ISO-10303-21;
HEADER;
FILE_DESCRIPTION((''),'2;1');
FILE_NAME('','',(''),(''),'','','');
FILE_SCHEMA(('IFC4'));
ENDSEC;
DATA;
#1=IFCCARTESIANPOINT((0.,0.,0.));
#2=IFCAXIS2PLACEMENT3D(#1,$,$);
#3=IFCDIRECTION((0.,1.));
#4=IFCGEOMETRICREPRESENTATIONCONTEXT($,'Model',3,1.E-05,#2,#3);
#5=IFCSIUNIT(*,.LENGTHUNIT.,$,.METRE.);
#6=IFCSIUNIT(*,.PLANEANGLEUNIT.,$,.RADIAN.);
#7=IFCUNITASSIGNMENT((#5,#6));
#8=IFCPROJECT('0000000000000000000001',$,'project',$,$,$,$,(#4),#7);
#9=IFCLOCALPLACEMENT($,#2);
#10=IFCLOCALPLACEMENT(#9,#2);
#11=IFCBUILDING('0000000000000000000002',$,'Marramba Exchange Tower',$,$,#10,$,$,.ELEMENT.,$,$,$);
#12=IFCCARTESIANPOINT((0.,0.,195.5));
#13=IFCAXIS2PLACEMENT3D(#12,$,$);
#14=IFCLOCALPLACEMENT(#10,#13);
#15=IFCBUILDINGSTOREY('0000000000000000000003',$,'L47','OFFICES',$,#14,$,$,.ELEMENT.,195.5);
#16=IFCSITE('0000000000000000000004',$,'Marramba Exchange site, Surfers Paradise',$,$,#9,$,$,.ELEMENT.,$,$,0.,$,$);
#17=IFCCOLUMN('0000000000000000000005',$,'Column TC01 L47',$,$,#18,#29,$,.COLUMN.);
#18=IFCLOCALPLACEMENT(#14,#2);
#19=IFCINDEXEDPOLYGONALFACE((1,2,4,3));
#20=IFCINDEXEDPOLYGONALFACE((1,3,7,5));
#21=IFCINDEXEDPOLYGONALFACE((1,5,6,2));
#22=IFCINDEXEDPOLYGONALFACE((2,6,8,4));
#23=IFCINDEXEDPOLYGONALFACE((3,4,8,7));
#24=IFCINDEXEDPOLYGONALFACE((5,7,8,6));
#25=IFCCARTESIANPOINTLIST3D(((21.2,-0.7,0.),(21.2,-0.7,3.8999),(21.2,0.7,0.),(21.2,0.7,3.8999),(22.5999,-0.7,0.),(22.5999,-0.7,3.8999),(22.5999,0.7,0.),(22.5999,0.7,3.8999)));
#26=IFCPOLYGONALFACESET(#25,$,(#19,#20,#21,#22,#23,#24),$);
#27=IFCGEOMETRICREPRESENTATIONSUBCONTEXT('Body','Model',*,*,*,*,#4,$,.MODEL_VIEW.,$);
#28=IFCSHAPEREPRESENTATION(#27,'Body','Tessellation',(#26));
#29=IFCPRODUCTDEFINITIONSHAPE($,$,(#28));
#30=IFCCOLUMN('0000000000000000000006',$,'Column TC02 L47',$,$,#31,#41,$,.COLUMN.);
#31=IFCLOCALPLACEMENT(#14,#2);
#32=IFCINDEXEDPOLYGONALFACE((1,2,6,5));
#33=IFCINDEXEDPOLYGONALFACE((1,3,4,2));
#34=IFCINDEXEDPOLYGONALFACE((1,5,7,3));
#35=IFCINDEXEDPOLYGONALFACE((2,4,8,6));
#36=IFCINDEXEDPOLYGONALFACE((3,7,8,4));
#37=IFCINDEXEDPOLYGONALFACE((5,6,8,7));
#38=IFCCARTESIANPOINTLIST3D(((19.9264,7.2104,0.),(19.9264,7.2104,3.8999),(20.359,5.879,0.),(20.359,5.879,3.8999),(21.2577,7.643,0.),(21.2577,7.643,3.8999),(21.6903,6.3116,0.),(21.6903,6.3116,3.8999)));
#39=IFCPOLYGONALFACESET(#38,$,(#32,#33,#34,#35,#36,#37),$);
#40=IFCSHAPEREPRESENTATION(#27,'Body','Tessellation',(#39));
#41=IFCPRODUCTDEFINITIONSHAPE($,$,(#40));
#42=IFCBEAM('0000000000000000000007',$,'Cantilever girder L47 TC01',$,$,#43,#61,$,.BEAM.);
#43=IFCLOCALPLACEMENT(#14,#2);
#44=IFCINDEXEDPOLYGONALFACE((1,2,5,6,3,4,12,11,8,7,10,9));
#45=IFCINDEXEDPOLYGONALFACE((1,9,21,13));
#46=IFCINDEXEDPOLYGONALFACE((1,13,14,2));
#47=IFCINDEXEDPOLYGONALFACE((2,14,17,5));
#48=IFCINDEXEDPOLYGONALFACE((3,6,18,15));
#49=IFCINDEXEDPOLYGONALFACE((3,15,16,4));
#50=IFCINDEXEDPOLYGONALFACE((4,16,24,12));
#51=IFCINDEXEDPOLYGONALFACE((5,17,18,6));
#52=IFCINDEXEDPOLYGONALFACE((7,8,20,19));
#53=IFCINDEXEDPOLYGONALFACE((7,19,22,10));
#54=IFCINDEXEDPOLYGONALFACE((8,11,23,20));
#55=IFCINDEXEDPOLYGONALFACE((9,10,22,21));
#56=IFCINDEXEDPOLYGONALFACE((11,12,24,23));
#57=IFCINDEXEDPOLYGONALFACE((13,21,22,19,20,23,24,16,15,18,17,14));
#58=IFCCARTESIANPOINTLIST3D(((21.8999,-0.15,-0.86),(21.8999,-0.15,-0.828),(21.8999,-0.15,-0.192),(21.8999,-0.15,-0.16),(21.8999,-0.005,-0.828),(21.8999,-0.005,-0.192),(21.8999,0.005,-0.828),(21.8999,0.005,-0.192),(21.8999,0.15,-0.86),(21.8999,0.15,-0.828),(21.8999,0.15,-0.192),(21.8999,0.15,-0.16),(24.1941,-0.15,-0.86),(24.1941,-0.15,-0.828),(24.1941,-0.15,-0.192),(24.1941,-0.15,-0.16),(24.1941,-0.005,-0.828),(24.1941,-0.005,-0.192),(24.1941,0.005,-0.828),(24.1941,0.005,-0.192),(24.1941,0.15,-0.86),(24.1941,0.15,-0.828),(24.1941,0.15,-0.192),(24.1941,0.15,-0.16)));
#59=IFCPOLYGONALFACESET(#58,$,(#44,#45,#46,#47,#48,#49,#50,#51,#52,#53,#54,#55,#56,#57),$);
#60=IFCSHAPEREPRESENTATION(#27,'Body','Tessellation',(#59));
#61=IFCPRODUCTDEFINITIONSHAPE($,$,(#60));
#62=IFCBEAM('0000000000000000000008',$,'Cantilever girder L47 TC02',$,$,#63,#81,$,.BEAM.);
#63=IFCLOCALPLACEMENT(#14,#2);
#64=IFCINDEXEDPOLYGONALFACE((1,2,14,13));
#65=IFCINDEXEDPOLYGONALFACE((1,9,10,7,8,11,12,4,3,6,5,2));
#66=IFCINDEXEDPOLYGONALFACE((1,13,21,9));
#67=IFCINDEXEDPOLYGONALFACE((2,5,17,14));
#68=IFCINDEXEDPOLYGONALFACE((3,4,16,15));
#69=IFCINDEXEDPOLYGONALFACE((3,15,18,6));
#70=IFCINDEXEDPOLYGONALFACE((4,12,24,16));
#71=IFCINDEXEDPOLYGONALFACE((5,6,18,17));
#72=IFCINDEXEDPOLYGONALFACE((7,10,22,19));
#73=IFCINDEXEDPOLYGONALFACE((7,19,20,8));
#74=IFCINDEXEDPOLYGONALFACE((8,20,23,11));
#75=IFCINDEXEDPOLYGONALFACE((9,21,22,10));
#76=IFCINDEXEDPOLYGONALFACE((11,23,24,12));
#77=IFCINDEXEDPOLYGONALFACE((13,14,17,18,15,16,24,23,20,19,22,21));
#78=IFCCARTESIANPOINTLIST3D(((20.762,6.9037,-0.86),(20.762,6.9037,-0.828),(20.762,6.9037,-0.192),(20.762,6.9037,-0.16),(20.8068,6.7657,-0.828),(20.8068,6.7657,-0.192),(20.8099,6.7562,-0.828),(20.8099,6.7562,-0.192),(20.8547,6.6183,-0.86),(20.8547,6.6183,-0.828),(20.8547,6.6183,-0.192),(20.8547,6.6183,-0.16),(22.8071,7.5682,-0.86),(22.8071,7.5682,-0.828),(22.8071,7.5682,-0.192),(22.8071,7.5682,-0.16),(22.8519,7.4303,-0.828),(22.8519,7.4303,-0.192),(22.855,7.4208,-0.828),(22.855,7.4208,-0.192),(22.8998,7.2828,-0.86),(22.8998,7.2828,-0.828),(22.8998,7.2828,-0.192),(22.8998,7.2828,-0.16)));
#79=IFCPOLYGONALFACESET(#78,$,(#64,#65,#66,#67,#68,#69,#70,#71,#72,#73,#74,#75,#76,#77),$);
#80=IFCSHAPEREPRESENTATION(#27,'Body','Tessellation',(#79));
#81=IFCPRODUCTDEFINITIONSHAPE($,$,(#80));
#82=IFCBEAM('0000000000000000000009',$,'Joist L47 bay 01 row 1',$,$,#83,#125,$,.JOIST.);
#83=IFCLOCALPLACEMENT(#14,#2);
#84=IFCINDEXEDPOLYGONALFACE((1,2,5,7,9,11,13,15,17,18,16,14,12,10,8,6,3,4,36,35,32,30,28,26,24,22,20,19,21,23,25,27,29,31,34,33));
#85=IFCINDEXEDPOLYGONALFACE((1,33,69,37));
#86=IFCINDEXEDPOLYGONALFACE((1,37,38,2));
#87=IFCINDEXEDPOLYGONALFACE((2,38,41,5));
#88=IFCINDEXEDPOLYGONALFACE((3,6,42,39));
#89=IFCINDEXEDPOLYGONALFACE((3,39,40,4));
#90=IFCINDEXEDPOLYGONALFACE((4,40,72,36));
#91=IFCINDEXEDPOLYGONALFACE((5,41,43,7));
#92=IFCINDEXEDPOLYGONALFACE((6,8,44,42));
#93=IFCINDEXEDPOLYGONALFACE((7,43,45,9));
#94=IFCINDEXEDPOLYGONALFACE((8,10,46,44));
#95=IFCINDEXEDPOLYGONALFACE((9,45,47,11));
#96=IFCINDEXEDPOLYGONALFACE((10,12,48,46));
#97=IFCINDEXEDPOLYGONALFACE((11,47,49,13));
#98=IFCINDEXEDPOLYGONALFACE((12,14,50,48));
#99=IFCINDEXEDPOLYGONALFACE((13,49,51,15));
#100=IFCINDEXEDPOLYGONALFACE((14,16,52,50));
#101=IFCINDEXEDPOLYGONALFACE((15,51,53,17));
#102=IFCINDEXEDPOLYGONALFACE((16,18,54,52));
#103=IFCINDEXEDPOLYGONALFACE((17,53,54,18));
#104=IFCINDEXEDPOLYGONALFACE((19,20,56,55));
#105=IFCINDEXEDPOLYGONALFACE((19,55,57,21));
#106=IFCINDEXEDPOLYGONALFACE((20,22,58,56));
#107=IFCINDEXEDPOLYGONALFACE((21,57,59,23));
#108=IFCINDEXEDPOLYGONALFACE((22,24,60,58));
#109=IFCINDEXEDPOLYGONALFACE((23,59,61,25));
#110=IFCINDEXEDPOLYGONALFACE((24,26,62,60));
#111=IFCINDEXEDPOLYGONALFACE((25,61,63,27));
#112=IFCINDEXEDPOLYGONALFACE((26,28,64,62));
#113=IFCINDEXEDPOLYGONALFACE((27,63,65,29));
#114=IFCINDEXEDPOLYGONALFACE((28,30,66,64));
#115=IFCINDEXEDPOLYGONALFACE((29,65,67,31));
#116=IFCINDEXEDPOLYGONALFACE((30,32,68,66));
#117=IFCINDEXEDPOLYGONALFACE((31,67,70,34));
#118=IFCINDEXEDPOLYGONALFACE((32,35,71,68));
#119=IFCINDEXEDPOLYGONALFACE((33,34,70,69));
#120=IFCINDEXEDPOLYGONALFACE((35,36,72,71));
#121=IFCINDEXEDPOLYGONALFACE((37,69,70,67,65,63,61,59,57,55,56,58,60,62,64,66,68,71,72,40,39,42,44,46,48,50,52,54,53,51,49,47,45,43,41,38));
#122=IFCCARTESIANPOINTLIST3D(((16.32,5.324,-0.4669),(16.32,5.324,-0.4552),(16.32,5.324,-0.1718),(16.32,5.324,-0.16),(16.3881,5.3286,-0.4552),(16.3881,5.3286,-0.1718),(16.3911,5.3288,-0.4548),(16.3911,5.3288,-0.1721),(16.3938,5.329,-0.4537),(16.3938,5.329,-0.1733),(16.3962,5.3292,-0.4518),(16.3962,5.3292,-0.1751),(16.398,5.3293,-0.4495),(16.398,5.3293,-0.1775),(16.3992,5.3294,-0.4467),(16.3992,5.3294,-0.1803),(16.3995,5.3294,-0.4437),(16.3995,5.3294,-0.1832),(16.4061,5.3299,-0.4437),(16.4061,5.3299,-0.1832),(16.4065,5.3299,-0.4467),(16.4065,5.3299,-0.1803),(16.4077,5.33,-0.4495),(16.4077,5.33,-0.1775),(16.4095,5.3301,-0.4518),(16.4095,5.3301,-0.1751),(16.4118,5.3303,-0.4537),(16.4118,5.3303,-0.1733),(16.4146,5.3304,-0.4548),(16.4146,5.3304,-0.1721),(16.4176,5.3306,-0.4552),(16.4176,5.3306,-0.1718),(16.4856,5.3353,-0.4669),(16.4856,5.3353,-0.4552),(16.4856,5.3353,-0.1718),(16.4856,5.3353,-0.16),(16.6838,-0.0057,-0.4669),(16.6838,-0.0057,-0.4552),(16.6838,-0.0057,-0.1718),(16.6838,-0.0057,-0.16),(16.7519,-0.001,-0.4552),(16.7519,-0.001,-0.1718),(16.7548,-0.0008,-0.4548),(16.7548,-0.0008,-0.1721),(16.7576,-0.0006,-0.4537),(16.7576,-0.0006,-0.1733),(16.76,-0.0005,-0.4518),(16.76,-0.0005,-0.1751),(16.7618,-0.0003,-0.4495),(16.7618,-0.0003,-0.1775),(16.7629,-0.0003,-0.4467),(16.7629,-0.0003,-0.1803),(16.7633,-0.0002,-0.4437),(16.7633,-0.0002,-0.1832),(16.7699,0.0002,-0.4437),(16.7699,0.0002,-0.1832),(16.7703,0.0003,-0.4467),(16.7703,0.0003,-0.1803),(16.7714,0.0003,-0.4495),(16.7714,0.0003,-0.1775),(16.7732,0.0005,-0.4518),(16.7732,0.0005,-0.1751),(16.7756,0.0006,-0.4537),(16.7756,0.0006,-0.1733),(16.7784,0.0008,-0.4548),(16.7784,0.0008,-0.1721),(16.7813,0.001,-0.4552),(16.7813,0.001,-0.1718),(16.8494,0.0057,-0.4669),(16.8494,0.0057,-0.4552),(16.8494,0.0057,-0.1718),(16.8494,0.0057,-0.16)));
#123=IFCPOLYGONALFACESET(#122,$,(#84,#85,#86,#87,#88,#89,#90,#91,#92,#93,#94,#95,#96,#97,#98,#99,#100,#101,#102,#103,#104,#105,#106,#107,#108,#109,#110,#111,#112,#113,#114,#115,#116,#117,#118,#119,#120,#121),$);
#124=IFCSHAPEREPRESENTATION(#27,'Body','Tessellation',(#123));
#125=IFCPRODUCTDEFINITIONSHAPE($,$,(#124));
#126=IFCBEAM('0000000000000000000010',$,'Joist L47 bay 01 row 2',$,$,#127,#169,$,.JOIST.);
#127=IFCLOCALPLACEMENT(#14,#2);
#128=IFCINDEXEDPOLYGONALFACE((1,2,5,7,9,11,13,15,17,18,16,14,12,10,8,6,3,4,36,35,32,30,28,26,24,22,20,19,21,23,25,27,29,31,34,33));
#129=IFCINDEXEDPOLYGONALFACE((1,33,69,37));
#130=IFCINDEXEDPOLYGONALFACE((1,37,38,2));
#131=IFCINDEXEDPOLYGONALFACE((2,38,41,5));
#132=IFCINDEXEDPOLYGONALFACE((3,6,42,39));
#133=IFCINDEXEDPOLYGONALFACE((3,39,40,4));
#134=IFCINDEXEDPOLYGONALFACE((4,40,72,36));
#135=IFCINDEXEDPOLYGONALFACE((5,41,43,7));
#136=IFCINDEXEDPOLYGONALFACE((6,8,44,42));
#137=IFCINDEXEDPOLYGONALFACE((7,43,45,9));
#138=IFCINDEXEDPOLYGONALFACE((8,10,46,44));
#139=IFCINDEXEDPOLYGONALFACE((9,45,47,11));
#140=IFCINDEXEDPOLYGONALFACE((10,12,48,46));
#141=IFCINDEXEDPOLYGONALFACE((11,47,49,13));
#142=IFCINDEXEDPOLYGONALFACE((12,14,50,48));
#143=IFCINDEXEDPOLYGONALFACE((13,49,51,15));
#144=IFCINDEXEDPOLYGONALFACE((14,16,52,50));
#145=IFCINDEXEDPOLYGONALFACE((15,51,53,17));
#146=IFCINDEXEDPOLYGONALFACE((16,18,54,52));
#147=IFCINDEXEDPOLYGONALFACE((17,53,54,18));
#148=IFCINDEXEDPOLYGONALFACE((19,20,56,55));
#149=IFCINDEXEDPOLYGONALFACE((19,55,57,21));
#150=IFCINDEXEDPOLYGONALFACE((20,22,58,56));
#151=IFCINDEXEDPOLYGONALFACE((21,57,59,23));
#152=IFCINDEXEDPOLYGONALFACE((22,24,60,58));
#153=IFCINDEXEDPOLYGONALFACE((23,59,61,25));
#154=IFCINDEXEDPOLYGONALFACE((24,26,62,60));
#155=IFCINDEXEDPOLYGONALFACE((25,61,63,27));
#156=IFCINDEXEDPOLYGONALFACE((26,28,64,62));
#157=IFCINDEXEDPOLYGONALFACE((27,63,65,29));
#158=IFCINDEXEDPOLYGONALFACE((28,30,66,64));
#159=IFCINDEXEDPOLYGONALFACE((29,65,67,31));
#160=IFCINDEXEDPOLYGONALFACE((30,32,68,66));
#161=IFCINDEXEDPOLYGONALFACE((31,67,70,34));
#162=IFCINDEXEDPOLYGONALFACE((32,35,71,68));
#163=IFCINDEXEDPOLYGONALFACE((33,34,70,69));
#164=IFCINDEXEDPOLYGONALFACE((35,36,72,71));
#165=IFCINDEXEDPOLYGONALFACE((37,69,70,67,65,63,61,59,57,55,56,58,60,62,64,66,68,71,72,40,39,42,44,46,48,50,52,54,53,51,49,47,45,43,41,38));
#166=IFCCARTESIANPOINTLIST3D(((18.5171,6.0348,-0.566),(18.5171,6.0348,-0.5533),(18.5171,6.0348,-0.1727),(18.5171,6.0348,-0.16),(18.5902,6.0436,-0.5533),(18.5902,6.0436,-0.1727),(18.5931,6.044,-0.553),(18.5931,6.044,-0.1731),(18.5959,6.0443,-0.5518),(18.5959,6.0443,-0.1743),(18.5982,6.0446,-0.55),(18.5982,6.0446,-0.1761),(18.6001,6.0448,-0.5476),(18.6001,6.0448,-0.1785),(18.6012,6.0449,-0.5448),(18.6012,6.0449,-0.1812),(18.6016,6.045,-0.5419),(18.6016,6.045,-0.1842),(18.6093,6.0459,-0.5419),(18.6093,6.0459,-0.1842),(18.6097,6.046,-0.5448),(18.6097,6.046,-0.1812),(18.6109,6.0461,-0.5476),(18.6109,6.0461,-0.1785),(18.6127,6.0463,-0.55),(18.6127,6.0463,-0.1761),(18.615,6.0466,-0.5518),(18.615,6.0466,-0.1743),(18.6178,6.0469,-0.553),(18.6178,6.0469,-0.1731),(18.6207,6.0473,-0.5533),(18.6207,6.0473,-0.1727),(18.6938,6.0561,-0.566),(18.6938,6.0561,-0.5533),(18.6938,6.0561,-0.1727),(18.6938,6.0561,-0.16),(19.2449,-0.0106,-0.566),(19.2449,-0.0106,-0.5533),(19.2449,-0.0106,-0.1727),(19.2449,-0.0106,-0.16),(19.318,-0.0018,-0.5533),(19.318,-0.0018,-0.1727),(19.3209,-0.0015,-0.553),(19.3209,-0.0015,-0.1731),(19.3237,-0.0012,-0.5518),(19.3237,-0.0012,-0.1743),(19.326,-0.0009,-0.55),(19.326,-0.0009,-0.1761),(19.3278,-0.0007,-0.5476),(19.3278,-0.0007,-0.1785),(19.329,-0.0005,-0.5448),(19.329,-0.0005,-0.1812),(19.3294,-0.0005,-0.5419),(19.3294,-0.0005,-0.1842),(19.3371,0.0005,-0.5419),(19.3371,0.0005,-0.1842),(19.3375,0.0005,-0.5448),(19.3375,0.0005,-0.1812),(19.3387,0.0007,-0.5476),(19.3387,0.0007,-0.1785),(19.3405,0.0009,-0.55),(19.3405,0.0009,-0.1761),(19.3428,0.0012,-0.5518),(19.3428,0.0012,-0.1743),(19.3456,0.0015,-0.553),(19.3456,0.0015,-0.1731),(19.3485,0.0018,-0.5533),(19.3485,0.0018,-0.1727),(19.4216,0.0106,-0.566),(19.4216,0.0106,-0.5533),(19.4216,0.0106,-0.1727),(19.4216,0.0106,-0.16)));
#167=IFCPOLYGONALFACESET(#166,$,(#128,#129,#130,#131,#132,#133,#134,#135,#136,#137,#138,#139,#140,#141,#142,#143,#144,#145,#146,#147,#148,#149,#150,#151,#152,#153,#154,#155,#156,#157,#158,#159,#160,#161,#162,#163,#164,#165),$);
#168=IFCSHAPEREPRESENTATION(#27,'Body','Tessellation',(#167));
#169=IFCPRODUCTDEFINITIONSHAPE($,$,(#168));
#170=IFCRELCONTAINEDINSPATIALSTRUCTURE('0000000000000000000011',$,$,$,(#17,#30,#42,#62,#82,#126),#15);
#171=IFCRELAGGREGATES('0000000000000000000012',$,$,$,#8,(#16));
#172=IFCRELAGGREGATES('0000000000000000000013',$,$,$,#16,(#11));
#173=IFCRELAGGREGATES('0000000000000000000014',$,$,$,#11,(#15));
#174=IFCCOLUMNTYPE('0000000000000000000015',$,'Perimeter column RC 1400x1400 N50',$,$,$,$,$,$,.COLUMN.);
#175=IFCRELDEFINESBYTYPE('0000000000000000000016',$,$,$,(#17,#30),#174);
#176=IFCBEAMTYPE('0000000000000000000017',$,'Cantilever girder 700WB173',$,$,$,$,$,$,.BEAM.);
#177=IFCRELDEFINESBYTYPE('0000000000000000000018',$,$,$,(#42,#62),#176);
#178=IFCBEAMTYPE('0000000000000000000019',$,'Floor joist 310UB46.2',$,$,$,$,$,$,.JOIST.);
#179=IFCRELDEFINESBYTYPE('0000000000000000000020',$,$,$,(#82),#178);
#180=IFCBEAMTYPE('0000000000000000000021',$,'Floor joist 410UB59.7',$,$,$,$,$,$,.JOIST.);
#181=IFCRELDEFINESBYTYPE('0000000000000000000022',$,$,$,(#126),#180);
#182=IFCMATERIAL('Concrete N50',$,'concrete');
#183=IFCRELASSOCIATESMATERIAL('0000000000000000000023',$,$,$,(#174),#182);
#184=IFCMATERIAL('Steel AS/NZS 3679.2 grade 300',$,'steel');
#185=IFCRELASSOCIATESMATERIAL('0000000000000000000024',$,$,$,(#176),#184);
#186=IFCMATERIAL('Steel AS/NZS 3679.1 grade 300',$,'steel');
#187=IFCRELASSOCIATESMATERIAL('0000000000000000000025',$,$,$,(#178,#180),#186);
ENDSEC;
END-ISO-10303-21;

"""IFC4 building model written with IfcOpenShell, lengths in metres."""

from ifc_helpers import new_model, si_unit, direction, frame, origin, origin_2d, place, context, subcontext, project, spatial, rectangle, i_section, extrude, material, material_profile, profile_set, type_object, element, save


model = new_model("IFC4")

# Units and contexts
model_context = context("Model", 3, precision=1e-05, world=origin(), true_north=direction((0.0, 1.0)))
body_context = subcontext(model_context, "Body", "Model", "MODEL_VIEW")
ifc_project = project(units=[si_unit("LENGTHUNIT", "METRE"), si_unit("PLANEANGLEUNIT", "RADIAN")], contexts=[model_context])

# Site, building, storey
site_placement = place(None, origin())
site = spatial("IfcSite", under=ifc_project, at=site_placement, Name="Marramba Exchange site, Surfers Paradise", CompositionType="ELEMENT", RefElevation=0.0)
building_placement = place(site_placement, origin())
building = spatial("IfcBuilding", under=site, at=building_placement, Name="Marramba Exchange Tower", CompositionType="ELEMENT")
storey_placement = place(building_placement, frame((0.0, 0.0, 195.5)))
storey = spatial("IfcBuildingStorey", under=building, at=storey_placement, Name="L47", Description="OFFICES", CompositionType="ELEMENT", Elevation=195.5)

# Columns
ifc_material_1 = material(Name="Concrete N50", Category="concrete")
ifc_material_profile_1 = material_profile(ifc_material_1, rectangle(XDim=1.3999, YDim=1.3999, at=origin_2d()), Name="RC 1400x1400")
ifc_profile_set_1 = profile_set([ifc_material_profile_1], Name="Concrete N50")
column_type = type_object("IfcColumnType", Name="Perimeter column RC 1400x1400 N50", PredefinedType="COLUMN", material=ifc_profile_set_1)
for number, where, z_axis, x_axis, name in (
    (1, (21.8999, 0.0, 0.0), (0.0, 0.0, 1.0), (1.0, 0.0, 0.0), "Column TC01 L47"),
    (2, (20.8083, 6.761, 0.0), (0.0, 0.0, 1.0), (0.951057, 0.309017, 0.0), "Column TC02 L47"),
):
    element("IfcColumn", number, at=place(storey_placement, frame(where, z_axis=z_axis, x_axis=x_axis)), inside=storey, type_object=column_type, Name=name, PredefinedType="COLUMN", context=body_context, shape_type="SweptSolid", body=[
        extrude(rectangle(XDim=1.3999, YDim=1.3999, at=origin_2d()), origin(), (0.0, 0.0, 1.0), 3.8999),
    ])

# Beams
ifc_material_2 = material(Name="Steel AS/NZS 3679.2 grade 300", Category="steel")
ifc_material_profile_2 = material_profile(ifc_material_2, i_section(OverallWidth=0.3, OverallDepth=0.7, WebThickness=0.01, FlangeThickness=0.032, at=origin_2d()), Name="700WB173")
ifc_profile_set_2 = profile_set([ifc_material_profile_2], Name="Steel AS/NZS 3679.2 grade 300")
beam_type_1 = type_object("IfcBeamType", Name="Cantilever girder 700WB173", PredefinedType="BEAM", material=ifc_profile_set_2)
beam_1_placement = place(storey_placement, frame((21.8999, 0.0, -0.51), z_axis=(1.0, 0.0, 0.0), x_axis=(0.0, 1.0, 0.0)))
element("IfcBeam", 3, at=beam_1_placement, inside=storey, type_object=beam_type_1, Name="Cantilever girder L47 TC01", PredefinedType="BEAM", context=body_context, shape_type="SweptSolid", body=[
    extrude(i_section(OverallWidth=0.3, OverallDepth=0.7, WebThickness=0.01, FlangeThickness=0.032, at=origin_2d()), origin(), (0.0, 0.0, 1.0), 2.2942),
])
beam_2_placement = place(storey_placement, frame((20.8083, 6.761, -0.51), z_axis=(0.951052, 0.309032, 0.0), x_axis=(-0.309032, 0.951052, 0.0)))
element("IfcBeam", 4, at=beam_2_placement, inside=storey, type_object=beam_type_1, Name="Cantilever girder L47 TC02", PredefinedType="BEAM", context=body_context, shape_type="SweptSolid", body=[
    extrude(i_section(OverallWidth=0.3, OverallDepth=0.7, WebThickness=0.01, FlangeThickness=0.032, at=origin_2d()), origin(), (0.0, 0.0, 1.0), 2.1504),
])
ifc_material_3 = material(Name="Steel AS/NZS 3679.1 grade 300", Category="steel")
ifc_material_profile_3 = material_profile(ifc_material_3, i_section(OverallWidth=0.166, OverallDepth=0.3069, WebThickness=0.0066, FlangeThickness=0.0117, FilletRadius=0.0115, at=origin_2d()), Name="310UB46.2")
ifc_profile_set_3 = profile_set([ifc_material_profile_3], Name="Steel AS/NZS 3679.1 grade 300")
beam_type_2 = type_object("IfcBeamType", Name="Floor joist 310UB46.2", PredefinedType="JOIST", material=ifc_profile_set_3)
beam_3_placement = place(storey_placement, frame((16.7666, 0.0, -0.3135), z_axis=(-0.068096, 0.997679, 0.0), x_axis=(-0.997679, -0.068096, 0.0)))
element("IfcBeam", 5, at=beam_3_placement, inside=storey, type_object=beam_type_2, Name="Joist L47 bay 01 row 1", PredefinedType="JOIST", context=body_context, shape_type="SweptSolid", body=[
    extrude(i_section(OverallWidth=0.166, OverallDepth=0.3069, WebThickness=0.0066, FlangeThickness=0.0117, FilletRadius=0.0115, at=origin_2d()), origin(), (0.0, 0.0, 1.0), 5.342),
])
ifc_material_profile_4 = material_profile(ifc_material_3, i_section(OverallWidth=0.178, OverallDepth=0.406, WebThickness=0.0078, FlangeThickness=0.0127, FilletRadius=0.0115, at=origin_2d()), Name="410UB59.7")
ifc_profile_set_4 = profile_set([ifc_material_profile_4], Name="Steel AS/NZS 3679.1 grade 300")
beam_type_3 = type_object("IfcBeamType", Name="Floor joist 410UB59.7", PredefinedType="JOIST", material=ifc_profile_set_4)
beam_4_placement = place(storey_placement, frame((19.3333, 0.0, -0.363), z_axis=(-0.119523, 0.992831, 0.0), x_axis=(-0.992831, -0.119523, 0.0)))
element("IfcBeam", 6, at=beam_4_placement, inside=storey, type_object=beam_type_3, Name="Joist L47 bay 01 row 2", PredefinedType="JOIST", context=body_context, shape_type="SweptSolid", body=[
    extrude(i_section(OverallWidth=0.178, OverallDepth=0.406, WebThickness=0.0078, FlangeThickness=0.0127, FilletRadius=0.0115, at=origin_2d()), origin(), (0.0, 0.0, 1.0), 6.0891),
])

save(model, "model.ifc")
